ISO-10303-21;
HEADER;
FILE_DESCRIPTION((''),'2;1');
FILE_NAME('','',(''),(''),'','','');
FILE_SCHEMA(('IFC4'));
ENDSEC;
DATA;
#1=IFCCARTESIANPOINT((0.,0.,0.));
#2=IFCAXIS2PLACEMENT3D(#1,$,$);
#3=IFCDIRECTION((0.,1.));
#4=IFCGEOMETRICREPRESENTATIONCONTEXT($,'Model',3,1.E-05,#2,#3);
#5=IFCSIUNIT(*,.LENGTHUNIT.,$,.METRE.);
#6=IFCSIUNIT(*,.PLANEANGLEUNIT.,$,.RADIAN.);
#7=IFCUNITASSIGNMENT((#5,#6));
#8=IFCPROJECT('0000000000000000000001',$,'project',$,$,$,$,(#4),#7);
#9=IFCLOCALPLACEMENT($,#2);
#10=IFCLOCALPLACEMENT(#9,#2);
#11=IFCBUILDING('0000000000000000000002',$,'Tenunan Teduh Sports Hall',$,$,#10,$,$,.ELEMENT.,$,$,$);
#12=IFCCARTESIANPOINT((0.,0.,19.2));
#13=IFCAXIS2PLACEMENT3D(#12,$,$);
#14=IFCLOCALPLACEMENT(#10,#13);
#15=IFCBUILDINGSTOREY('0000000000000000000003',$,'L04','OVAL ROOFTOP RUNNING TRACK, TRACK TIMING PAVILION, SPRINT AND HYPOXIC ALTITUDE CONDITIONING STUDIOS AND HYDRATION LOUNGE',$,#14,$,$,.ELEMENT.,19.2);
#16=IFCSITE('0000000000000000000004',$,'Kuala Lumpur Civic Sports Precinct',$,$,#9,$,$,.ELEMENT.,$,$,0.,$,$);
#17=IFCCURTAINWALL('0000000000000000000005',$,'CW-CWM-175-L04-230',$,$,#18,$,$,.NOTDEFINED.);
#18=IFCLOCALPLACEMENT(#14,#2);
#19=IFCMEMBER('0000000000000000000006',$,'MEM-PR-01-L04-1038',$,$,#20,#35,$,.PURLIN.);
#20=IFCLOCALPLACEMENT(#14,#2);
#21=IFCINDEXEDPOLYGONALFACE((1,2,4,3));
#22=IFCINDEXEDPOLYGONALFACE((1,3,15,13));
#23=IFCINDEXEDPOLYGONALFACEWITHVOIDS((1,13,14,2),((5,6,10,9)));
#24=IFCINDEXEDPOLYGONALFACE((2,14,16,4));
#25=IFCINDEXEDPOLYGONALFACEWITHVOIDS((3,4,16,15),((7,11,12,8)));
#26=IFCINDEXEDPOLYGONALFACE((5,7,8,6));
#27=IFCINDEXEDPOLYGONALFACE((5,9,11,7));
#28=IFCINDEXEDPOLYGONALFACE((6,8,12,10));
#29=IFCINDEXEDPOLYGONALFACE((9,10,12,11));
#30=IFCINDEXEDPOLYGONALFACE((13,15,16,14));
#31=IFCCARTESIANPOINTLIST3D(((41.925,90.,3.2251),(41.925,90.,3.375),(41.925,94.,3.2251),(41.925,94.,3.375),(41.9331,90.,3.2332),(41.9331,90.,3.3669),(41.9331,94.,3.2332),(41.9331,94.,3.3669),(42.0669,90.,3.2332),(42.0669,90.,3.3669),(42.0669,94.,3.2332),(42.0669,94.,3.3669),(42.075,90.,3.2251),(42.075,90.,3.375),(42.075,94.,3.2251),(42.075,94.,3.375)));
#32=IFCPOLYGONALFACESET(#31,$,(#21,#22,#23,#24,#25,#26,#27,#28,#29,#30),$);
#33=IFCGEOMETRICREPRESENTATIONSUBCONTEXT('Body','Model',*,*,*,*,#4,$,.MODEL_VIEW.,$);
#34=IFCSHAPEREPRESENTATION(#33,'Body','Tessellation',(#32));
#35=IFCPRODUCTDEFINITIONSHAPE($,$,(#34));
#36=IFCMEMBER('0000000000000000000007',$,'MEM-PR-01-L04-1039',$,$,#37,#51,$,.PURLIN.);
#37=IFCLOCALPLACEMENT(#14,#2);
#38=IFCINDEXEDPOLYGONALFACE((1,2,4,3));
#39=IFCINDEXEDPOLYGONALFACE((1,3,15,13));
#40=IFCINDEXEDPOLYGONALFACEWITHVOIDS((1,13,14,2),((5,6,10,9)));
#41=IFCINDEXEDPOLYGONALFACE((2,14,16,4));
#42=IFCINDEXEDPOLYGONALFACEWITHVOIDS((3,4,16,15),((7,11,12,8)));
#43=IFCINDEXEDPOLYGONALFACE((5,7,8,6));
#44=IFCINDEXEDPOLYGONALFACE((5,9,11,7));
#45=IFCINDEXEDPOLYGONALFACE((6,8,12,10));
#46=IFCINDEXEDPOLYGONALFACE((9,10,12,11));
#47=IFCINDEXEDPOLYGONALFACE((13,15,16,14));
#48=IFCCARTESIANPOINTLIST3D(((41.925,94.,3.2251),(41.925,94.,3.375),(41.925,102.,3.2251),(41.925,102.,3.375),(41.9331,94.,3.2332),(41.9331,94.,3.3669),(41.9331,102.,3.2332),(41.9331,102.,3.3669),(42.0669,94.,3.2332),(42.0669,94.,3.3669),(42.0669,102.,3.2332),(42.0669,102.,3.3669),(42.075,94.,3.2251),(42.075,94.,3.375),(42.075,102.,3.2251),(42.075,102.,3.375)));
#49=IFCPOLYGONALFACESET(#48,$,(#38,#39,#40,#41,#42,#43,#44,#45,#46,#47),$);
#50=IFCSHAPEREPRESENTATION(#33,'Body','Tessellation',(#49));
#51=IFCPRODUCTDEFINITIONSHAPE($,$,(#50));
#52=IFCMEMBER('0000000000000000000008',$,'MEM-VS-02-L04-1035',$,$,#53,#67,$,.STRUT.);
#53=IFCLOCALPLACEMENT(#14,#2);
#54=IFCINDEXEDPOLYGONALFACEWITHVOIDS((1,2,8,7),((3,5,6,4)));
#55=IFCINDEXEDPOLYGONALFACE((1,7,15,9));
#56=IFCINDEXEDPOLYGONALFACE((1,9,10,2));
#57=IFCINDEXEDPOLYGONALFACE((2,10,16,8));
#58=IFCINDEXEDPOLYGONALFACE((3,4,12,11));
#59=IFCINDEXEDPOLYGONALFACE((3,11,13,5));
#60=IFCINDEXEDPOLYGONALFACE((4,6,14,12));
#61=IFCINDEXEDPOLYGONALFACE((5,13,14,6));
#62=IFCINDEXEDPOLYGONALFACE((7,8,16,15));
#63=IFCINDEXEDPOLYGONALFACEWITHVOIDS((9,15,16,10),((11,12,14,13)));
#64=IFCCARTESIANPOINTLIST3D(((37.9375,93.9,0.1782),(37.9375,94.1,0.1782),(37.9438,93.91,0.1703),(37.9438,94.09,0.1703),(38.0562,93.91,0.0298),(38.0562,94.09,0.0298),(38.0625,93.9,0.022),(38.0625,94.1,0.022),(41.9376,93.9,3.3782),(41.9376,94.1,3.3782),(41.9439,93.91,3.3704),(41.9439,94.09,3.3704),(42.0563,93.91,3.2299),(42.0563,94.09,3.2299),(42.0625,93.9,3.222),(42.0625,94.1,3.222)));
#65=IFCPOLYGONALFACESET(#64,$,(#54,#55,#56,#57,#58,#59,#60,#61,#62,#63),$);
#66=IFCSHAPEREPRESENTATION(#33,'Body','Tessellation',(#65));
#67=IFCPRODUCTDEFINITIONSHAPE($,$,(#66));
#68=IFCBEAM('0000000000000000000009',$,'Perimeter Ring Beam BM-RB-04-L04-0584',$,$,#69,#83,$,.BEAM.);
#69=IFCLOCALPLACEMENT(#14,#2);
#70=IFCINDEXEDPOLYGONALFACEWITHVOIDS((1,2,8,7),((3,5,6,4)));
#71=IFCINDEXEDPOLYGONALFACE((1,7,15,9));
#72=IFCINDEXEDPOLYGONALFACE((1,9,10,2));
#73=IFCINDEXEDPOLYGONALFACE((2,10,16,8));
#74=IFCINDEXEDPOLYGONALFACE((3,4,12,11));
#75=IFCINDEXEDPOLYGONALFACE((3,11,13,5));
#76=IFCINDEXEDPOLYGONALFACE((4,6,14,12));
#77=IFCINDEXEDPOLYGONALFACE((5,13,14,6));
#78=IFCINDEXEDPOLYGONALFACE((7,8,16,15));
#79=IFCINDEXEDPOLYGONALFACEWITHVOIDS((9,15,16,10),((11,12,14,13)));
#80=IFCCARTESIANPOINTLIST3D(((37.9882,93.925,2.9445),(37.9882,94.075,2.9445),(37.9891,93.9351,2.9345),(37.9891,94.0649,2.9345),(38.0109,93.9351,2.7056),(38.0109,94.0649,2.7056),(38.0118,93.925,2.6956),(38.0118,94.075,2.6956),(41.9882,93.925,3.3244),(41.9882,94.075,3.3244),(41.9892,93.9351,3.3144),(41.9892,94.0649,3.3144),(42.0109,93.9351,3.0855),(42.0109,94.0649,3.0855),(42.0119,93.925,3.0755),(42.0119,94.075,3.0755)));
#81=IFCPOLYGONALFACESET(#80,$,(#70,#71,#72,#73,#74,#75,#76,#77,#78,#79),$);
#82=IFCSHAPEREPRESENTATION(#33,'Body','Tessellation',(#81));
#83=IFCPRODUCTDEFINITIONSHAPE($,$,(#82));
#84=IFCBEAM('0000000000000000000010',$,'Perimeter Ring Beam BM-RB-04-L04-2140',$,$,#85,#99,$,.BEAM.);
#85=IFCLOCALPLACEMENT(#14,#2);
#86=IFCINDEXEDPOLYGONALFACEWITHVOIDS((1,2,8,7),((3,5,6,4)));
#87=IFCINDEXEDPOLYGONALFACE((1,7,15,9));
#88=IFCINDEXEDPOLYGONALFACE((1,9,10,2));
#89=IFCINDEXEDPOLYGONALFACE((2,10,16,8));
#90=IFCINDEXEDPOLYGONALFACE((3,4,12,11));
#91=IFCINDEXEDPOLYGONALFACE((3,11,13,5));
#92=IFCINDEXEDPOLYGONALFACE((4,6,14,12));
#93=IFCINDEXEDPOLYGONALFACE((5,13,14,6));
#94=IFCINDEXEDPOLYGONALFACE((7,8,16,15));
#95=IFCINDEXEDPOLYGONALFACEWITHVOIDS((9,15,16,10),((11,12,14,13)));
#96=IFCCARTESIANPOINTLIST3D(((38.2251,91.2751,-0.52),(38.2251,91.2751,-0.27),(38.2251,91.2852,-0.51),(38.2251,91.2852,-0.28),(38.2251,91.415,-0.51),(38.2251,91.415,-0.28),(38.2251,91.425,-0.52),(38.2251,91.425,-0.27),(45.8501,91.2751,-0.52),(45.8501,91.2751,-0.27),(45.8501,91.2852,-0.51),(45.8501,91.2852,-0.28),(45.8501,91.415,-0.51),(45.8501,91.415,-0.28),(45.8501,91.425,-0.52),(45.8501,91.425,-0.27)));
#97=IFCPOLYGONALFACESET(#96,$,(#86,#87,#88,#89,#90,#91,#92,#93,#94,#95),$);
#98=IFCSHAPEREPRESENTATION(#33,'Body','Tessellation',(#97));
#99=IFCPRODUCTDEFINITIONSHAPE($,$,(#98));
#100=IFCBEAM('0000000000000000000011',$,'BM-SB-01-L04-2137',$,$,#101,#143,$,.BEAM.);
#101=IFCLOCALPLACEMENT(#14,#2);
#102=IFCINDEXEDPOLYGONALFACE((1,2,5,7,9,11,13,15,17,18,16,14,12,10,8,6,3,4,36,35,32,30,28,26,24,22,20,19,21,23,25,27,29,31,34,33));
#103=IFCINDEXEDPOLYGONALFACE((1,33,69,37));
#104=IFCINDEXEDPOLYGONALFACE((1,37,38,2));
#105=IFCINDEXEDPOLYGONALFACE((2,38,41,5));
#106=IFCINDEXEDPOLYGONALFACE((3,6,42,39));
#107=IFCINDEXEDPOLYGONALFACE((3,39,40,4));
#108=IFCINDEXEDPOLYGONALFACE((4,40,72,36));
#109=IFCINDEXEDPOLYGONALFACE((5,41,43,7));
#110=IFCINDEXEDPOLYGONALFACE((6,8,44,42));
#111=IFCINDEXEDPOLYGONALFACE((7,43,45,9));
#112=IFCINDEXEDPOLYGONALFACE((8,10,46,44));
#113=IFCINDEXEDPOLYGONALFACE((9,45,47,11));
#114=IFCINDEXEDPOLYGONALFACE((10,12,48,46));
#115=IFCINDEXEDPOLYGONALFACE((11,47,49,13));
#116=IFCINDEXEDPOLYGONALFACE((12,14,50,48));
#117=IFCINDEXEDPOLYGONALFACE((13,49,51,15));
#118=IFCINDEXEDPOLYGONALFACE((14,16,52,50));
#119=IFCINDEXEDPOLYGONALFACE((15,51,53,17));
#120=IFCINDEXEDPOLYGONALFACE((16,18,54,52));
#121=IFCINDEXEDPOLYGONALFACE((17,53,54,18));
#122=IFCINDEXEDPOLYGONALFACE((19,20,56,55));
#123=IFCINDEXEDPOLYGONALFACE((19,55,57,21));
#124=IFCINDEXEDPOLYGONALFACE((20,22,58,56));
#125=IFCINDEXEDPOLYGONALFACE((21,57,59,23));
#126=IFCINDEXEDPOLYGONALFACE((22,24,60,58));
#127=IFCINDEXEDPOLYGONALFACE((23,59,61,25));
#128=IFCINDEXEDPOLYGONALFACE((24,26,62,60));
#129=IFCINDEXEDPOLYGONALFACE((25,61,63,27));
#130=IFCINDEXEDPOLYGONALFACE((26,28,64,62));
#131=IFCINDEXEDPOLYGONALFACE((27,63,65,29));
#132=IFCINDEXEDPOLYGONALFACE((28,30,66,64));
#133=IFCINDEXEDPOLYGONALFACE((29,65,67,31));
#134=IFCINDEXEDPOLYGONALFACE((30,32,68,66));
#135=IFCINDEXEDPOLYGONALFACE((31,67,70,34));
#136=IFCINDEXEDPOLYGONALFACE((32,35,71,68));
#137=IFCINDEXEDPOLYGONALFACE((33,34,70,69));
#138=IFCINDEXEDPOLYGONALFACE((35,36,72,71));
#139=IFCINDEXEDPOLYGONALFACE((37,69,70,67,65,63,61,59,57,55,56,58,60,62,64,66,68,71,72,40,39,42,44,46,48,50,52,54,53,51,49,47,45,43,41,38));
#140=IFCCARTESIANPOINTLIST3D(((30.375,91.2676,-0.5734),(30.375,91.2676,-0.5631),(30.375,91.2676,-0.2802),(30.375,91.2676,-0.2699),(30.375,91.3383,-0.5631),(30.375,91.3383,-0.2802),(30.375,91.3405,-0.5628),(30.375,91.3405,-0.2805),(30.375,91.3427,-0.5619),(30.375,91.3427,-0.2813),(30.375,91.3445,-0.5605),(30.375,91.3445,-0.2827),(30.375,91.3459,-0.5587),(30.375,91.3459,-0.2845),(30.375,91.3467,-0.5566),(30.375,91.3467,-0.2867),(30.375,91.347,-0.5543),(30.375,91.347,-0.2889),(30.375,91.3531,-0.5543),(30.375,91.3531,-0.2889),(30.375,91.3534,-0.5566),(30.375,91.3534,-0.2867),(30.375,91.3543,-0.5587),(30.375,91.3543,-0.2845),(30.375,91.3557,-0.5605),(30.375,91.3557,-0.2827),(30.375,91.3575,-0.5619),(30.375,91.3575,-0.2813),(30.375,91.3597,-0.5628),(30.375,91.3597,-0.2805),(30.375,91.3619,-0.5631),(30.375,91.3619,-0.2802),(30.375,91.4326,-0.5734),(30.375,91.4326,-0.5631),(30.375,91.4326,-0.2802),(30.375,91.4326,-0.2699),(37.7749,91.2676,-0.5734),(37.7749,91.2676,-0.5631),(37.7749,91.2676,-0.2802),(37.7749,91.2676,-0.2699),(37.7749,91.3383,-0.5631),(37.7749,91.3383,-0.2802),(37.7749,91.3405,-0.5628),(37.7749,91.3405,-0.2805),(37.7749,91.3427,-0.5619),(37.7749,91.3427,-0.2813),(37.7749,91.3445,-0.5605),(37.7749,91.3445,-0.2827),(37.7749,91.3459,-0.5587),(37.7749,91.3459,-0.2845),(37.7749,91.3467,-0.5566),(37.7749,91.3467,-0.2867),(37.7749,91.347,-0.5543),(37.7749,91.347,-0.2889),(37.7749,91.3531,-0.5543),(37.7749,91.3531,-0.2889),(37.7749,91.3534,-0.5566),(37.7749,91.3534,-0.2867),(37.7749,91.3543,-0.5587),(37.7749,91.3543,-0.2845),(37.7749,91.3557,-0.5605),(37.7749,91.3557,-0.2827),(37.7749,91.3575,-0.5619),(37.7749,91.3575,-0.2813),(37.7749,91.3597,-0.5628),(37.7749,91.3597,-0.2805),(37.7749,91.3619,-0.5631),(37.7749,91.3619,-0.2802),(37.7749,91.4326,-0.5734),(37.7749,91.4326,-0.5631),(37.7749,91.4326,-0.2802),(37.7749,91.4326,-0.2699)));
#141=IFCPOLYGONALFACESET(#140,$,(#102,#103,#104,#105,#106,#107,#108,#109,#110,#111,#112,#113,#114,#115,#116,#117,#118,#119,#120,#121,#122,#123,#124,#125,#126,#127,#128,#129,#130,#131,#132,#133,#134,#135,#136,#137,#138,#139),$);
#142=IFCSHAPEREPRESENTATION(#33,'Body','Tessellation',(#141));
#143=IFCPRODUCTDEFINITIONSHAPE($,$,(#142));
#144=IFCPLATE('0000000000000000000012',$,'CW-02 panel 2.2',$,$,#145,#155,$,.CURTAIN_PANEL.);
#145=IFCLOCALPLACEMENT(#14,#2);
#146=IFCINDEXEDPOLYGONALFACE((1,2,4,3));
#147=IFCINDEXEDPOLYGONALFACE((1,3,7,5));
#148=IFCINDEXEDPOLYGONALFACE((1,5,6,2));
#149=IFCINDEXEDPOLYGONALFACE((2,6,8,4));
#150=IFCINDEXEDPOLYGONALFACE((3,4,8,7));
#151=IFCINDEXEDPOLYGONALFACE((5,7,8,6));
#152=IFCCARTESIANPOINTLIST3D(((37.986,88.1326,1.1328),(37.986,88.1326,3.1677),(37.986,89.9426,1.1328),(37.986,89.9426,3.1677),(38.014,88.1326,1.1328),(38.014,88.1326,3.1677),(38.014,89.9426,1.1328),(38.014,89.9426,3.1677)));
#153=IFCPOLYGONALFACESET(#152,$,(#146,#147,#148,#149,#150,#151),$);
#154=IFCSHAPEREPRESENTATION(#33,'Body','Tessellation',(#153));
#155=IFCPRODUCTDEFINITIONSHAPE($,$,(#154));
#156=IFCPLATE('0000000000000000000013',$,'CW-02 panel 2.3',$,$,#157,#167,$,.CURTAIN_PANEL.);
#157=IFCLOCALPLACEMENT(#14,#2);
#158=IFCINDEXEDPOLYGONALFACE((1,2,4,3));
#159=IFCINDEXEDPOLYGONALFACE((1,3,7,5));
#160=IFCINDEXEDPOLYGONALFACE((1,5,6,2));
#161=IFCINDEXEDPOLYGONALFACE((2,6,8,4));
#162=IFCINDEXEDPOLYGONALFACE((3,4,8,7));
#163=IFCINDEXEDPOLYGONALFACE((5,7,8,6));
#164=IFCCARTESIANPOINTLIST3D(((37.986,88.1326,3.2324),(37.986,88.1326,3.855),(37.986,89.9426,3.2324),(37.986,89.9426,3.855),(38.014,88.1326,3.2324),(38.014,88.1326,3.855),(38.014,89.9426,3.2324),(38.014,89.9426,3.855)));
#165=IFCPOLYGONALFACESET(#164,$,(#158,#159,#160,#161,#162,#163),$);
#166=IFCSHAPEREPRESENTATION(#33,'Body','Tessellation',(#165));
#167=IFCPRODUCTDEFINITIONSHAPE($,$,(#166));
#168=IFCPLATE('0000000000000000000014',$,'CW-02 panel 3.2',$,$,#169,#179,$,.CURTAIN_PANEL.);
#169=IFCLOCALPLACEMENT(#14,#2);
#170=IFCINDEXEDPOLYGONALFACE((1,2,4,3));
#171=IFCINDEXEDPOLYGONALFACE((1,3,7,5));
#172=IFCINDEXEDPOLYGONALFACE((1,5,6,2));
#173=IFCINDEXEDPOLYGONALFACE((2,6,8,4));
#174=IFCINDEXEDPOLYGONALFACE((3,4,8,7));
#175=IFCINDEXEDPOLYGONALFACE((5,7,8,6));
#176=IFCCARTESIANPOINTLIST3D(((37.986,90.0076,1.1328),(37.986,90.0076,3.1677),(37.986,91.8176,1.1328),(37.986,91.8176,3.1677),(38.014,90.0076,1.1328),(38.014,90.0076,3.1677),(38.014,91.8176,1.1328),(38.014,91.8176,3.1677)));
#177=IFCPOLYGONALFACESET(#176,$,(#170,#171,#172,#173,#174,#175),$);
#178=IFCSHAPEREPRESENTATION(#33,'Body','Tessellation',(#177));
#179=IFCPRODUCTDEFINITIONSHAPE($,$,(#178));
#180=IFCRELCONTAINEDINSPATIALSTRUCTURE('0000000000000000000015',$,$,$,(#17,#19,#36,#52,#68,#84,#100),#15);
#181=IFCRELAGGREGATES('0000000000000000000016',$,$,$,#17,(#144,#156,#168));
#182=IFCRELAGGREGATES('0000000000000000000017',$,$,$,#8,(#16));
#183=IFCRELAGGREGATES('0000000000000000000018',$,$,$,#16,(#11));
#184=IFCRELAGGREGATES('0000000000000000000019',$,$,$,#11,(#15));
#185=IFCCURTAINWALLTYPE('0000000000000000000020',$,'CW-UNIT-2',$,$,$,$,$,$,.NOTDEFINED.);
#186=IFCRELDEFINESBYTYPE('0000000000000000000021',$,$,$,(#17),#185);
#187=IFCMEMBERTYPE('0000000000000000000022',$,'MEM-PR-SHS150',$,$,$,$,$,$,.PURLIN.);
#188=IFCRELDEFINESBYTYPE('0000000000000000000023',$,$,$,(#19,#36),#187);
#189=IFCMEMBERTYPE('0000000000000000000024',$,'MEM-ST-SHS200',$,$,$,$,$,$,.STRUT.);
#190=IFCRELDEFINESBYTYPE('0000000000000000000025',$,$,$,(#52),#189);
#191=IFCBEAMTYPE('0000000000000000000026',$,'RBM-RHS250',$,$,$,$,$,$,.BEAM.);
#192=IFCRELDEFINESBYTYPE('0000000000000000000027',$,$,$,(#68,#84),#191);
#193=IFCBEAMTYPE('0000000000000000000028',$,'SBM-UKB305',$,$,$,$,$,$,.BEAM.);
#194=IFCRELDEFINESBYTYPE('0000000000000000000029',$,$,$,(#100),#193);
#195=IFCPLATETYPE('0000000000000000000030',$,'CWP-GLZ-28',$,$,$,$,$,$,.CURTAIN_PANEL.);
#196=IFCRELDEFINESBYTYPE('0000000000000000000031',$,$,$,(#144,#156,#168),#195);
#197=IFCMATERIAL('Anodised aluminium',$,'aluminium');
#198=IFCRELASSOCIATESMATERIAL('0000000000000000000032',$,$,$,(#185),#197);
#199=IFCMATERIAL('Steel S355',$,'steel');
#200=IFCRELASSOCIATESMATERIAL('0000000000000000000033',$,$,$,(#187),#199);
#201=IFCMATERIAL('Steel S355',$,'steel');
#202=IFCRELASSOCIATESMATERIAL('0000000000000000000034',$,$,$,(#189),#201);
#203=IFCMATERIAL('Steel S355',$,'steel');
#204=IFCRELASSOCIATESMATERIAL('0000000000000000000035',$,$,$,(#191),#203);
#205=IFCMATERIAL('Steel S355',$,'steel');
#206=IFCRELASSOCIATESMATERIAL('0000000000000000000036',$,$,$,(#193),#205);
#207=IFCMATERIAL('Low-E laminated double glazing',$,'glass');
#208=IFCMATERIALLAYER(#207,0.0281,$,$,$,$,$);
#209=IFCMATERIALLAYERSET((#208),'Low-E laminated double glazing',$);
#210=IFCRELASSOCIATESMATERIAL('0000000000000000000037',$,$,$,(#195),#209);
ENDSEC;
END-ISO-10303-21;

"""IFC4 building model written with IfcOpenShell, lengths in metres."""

from ifc_helpers import new_model, si_unit, direction, frame, origin, origin_2d, place, context, subcontext, project, spatial, rectangle, hollow_rectangle, i_section, extrude, material, layer, layer_set, material_profile, profile_set, type_object, element, aggregate, save


model = new_model("IFC4")

# Units and contexts
model_context = context("Model", 3, precision=1e-05, world=origin(), true_north=direction((0.0, 1.0)))
body_context = subcontext(model_context, "Body", "Model", "MODEL_VIEW")
ifc_project = project(units=[si_unit("LENGTHUNIT", "METRE"), si_unit("PLANEANGLEUNIT", "RADIAN")], contexts=[model_context])

# Site, building, storey
site_placement = place(None, origin())
site = spatial("IfcSite", under=ifc_project, at=site_placement, Name="Kuala Lumpur Civic Sports Precinct", CompositionType="ELEMENT", RefElevation=0.0)
building_placement = place(site_placement, origin())
building = spatial("IfcBuilding", under=site, at=building_placement, Name="Tenunan Teduh Sports Hall", CompositionType="ELEMENT")
storey_placement = place(building_placement, frame((0.0, 0.0, 19.2)))
storey = spatial("IfcBuildingStorey", under=building, at=storey_placement, Name="L04", Description="OVAL ROOFTOP RUNNING TRACK, TRACK TIMING PAVILION, SPRINT AND HYPOXIC ALTITUDE CONDITIONING STUDIOS AND HYDRATION LOUNGE", CompositionType="ELEMENT", Elevation=19.2)

# Curtain wall
ifc_material_1 = material(Name="Anodised aluminium", Category="aluminium")
curtain_wall_type = type_object("IfcCurtainWallType", Name="CW-UNIT-2", PredefinedType="NOTDEFINED", material=ifc_material_1)
curtain_wall_placement = place(storey_placement, origin())
curtain_wall = element("IfcCurtainWall", 1, at=curtain_wall_placement, inside=storey, type_object=curtain_wall_type, Name="CW-CWM-175-L04-230", PredefinedType="NOTDEFINED")

# Members
ifc_material_2 = material(Name="Steel S355", Category="steel")
ifc_material_profile_1 = material_profile(ifc_material_2, hollow_rectangle(XDim=0.1499, YDim=0.1499, WallThickness=0.0081, at=origin_2d()), Name="SHS 150x150x8.0")
ifc_profile_set_1 = profile_set([ifc_material_profile_1], Name="Steel S355")
member_type_1 = type_object("IfcMemberType", Name="MEM-PR-SHS150", PredefinedType="PURLIN", material=ifc_profile_set_1)
member_1_placement = place(storey_placement, frame((42.0, 90.0, 3.3), z_axis=(0.0, 1.0, 0.0), x_axis=(-1.0, 0.0, 0.0)))
element("IfcMember", 2, at=member_1_placement, inside=storey, type_object=member_type_1, Name="MEM-PR-01-L04-1038", PredefinedType="PURLIN", context=body_context, shape_type="SweptSolid", body=[
    extrude(hollow_rectangle(XDim=0.1499, YDim=0.1499, WallThickness=0.0081, at=origin_2d()), origin(), (0.0, 0.0, 1.0), 4.0),
])
member_2_placement = place(storey_placement, frame((42.0, 94.0, 3.3), z_axis=(0.0, 1.0, 0.0), x_axis=(-1.0, 0.0, 0.0)))
element("IfcMember", 3, at=member_2_placement, inside=storey, type_object=member_type_1, Name="MEM-PR-01-L04-1039", PredefinedType="PURLIN", context=body_context, shape_type="SweptSolid", body=[
    extrude(hollow_rectangle(XDim=0.1499, YDim=0.1499, WallThickness=0.0081, at=origin_2d()), origin(), (0.0, 0.0, 1.0), 8.0),
])
ifc_material_3 = material(Name="Steel S355", Category="steel")
ifc_material_profile_2 = material_profile(ifc_material_3, hollow_rectangle(XDim=0.2, YDim=0.2, WallThickness=0.01, at=origin_2d()), Name="SHS 200x200x10.0")
ifc_profile_set_2 = profile_set([ifc_material_profile_2], Name="Steel S355")
member_type_2 = type_object("IfcMemberType", Name="MEM-ST-SHS200", PredefinedType="STRUT", material=ifc_profile_set_2)
member_3_placement = place(storey_placement, frame((38.0, 94.0, 0.1001), z_axis=(0.780873, 0.0, 0.624689), x_axis=(0.0, 1.0, 0.0)))
element("IfcMember", 4, at=member_3_placement, inside=storey, type_object=member_type_2, Name="MEM-VS-02-L04-1035", PredefinedType="STRUT", context=body_context, shape_type="SweptSolid", body=[
    extrude(hollow_rectangle(XDim=0.2, YDim=0.2, WallThickness=0.01, at=origin_2d()), origin(), (0.0, 0.0, 1.0), 5.1226),
])

# Beams
ifc_material_4 = material(Name="Steel S355", Category="steel")
ifc_material_profile_3 = material_profile(ifc_material_4, hollow_rectangle(XDim=0.1499, YDim=0.25, WallThickness=0.01, at=origin_2d()), Name="RHS 250x150x10.0")
ifc_profile_set_3 = profile_set([ifc_material_profile_3], Name="Steel S355")
beam_type_1 = type_object("IfcBeamType", Name="RBM-RHS250", PredefinedType="BEAM", material=ifc_profile_set_3)
beam_1_placement = place(storey_placement, frame((38.0, 94.0, 2.8201), z_axis=(0.995521, 0.0, 0.094545), x_axis=(0.0, 1.0, 0.0)))
element("IfcBeam", 5, at=beam_1_placement, inside=storey, type_object=beam_type_1, Name="Perimeter Ring Beam BM-RB-04-L04-0584", PredefinedType="BEAM", context=body_context, shape_type="SweptSolid", body=[
    extrude(hollow_rectangle(XDim=0.1499, YDim=0.25, WallThickness=0.01, at=origin_2d()), origin(), (0.0, 0.0, 1.0), 4.0181),
])
beam_2_placement = place(storey_placement, frame((38.2251, 91.3501, -0.395), z_axis=(1.0, 0.0, 0.0), x_axis=(0.0, 1.0, 0.0)))
element("IfcBeam", 6, at=beam_2_placement, inside=storey, type_object=beam_type_1, Name="Perimeter Ring Beam BM-RB-04-L04-2140", PredefinedType="BEAM", context=body_context, shape_type="SweptSolid", body=[
    extrude(hollow_rectangle(XDim=0.1499, YDim=0.25, WallThickness=0.01, at=origin_2d()), origin(), (0.0, 0.0, 1.0), 7.625),
])
ifc_material_5 = material(Name="Steel S355", Category="steel")
ifc_material_profile_4 = material_profile(ifc_material_5, i_section(OverallWidth=0.165, OverallDepth=0.3035, WebThickness=0.0061, FlangeThickness=0.0103, FilletRadius=0.0088, at=origin_2d()), Name="UKB 305x165x40")
ifc_profile_set_4 = profile_set([ifc_material_profile_4], Name="Steel S355")
beam_type_2 = type_object("IfcBeamType", Name="SBM-UKB305", PredefinedType="BEAM", material=ifc_profile_set_4)
beam_3_placement = place(storey_placement, frame((30.375, 91.3501, -0.4216), z_axis=(1.0, 0.0, 0.0), x_axis=(0.0, 1.0, 0.0)))
element("IfcBeam", 7, at=beam_3_placement, inside=storey, type_object=beam_type_2, Name="BM-SB-01-L04-2137", PredefinedType="BEAM", context=body_context, shape_type="SweptSolid", body=[
    extrude(i_section(OverallWidth=0.165, OverallDepth=0.3035, WebThickness=0.0061, FlangeThickness=0.0103, FilletRadius=0.0088, at=origin_2d()), origin(), (0.0, 0.0, 1.0), 7.3999),
])

# Plates
ifc_material_6 = material(Name="Low-E laminated double glazing", Category="glass")
ifc_layer_1 = layer(ifc_material_6, 0.0281)
ifc_layer_set_1 = layer_set([ifc_layer_1], Name="Low-E laminated double glazing")
plate_type_1 = type_object("IfcPlateType", Name="CWP-GLZ-28", PredefinedType="CURTAIN_PANEL", material=ifc_layer_set_1)
plate_1_placement = place(storey_placement, frame((38.0, 89.0376, 1.1328), z_axis=(0.0, 0.0, 1.0), x_axis=(0.0, 1.0, 0.0)))
plate_1 = element("IfcPlate", 8, at=plate_1_placement, type_object=plate_type_1, Name="CW-02 panel 2.2", PredefinedType="CURTAIN_PANEL", context=body_context, shape_type="SweptSolid", body=[
    extrude(rectangle(XDim=1.8101, YDim=0.0281, at=origin_2d()), origin(), (0.0, 0.0, 1.0), 2.0349),
])
plate_2_placement = place(storey_placement, frame((38.0, 89.0376, 3.2324), z_axis=(0.0, 0.0, 1.0), x_axis=(0.0, 1.0, 0.0)))
plate_2 = element("IfcPlate", 9, at=plate_2_placement, type_object=plate_type_1, Name="CW-02 panel 2.3", PredefinedType="CURTAIN_PANEL", context=body_context, shape_type="SweptSolid", body=[
    extrude(rectangle(XDim=1.8101, YDim=0.0281, at=origin_2d()), origin(), (0.0, 0.0, 1.0), 0.6226),
])
plate_3_placement = place(storey_placement, frame((38.0, 90.9126, 1.1328), z_axis=(0.0, 0.0, 1.0), x_axis=(0.0, 1.0, 0.0)))
plate_3 = element("IfcPlate", 10, at=plate_3_placement, type_object=plate_type_1, Name="CW-02 panel 3.2", PredefinedType="CURTAIN_PANEL", context=body_context, shape_type="SweptSolid", body=[
    extrude(rectangle(XDim=1.8101, YDim=0.0281, at=origin_2d()), origin(), (0.0, 0.0, 1.0), 2.0349),
])
aggregate(curtain_wall, [plate_1, plate_2, plate_3])

save(model, "model.ifc")
